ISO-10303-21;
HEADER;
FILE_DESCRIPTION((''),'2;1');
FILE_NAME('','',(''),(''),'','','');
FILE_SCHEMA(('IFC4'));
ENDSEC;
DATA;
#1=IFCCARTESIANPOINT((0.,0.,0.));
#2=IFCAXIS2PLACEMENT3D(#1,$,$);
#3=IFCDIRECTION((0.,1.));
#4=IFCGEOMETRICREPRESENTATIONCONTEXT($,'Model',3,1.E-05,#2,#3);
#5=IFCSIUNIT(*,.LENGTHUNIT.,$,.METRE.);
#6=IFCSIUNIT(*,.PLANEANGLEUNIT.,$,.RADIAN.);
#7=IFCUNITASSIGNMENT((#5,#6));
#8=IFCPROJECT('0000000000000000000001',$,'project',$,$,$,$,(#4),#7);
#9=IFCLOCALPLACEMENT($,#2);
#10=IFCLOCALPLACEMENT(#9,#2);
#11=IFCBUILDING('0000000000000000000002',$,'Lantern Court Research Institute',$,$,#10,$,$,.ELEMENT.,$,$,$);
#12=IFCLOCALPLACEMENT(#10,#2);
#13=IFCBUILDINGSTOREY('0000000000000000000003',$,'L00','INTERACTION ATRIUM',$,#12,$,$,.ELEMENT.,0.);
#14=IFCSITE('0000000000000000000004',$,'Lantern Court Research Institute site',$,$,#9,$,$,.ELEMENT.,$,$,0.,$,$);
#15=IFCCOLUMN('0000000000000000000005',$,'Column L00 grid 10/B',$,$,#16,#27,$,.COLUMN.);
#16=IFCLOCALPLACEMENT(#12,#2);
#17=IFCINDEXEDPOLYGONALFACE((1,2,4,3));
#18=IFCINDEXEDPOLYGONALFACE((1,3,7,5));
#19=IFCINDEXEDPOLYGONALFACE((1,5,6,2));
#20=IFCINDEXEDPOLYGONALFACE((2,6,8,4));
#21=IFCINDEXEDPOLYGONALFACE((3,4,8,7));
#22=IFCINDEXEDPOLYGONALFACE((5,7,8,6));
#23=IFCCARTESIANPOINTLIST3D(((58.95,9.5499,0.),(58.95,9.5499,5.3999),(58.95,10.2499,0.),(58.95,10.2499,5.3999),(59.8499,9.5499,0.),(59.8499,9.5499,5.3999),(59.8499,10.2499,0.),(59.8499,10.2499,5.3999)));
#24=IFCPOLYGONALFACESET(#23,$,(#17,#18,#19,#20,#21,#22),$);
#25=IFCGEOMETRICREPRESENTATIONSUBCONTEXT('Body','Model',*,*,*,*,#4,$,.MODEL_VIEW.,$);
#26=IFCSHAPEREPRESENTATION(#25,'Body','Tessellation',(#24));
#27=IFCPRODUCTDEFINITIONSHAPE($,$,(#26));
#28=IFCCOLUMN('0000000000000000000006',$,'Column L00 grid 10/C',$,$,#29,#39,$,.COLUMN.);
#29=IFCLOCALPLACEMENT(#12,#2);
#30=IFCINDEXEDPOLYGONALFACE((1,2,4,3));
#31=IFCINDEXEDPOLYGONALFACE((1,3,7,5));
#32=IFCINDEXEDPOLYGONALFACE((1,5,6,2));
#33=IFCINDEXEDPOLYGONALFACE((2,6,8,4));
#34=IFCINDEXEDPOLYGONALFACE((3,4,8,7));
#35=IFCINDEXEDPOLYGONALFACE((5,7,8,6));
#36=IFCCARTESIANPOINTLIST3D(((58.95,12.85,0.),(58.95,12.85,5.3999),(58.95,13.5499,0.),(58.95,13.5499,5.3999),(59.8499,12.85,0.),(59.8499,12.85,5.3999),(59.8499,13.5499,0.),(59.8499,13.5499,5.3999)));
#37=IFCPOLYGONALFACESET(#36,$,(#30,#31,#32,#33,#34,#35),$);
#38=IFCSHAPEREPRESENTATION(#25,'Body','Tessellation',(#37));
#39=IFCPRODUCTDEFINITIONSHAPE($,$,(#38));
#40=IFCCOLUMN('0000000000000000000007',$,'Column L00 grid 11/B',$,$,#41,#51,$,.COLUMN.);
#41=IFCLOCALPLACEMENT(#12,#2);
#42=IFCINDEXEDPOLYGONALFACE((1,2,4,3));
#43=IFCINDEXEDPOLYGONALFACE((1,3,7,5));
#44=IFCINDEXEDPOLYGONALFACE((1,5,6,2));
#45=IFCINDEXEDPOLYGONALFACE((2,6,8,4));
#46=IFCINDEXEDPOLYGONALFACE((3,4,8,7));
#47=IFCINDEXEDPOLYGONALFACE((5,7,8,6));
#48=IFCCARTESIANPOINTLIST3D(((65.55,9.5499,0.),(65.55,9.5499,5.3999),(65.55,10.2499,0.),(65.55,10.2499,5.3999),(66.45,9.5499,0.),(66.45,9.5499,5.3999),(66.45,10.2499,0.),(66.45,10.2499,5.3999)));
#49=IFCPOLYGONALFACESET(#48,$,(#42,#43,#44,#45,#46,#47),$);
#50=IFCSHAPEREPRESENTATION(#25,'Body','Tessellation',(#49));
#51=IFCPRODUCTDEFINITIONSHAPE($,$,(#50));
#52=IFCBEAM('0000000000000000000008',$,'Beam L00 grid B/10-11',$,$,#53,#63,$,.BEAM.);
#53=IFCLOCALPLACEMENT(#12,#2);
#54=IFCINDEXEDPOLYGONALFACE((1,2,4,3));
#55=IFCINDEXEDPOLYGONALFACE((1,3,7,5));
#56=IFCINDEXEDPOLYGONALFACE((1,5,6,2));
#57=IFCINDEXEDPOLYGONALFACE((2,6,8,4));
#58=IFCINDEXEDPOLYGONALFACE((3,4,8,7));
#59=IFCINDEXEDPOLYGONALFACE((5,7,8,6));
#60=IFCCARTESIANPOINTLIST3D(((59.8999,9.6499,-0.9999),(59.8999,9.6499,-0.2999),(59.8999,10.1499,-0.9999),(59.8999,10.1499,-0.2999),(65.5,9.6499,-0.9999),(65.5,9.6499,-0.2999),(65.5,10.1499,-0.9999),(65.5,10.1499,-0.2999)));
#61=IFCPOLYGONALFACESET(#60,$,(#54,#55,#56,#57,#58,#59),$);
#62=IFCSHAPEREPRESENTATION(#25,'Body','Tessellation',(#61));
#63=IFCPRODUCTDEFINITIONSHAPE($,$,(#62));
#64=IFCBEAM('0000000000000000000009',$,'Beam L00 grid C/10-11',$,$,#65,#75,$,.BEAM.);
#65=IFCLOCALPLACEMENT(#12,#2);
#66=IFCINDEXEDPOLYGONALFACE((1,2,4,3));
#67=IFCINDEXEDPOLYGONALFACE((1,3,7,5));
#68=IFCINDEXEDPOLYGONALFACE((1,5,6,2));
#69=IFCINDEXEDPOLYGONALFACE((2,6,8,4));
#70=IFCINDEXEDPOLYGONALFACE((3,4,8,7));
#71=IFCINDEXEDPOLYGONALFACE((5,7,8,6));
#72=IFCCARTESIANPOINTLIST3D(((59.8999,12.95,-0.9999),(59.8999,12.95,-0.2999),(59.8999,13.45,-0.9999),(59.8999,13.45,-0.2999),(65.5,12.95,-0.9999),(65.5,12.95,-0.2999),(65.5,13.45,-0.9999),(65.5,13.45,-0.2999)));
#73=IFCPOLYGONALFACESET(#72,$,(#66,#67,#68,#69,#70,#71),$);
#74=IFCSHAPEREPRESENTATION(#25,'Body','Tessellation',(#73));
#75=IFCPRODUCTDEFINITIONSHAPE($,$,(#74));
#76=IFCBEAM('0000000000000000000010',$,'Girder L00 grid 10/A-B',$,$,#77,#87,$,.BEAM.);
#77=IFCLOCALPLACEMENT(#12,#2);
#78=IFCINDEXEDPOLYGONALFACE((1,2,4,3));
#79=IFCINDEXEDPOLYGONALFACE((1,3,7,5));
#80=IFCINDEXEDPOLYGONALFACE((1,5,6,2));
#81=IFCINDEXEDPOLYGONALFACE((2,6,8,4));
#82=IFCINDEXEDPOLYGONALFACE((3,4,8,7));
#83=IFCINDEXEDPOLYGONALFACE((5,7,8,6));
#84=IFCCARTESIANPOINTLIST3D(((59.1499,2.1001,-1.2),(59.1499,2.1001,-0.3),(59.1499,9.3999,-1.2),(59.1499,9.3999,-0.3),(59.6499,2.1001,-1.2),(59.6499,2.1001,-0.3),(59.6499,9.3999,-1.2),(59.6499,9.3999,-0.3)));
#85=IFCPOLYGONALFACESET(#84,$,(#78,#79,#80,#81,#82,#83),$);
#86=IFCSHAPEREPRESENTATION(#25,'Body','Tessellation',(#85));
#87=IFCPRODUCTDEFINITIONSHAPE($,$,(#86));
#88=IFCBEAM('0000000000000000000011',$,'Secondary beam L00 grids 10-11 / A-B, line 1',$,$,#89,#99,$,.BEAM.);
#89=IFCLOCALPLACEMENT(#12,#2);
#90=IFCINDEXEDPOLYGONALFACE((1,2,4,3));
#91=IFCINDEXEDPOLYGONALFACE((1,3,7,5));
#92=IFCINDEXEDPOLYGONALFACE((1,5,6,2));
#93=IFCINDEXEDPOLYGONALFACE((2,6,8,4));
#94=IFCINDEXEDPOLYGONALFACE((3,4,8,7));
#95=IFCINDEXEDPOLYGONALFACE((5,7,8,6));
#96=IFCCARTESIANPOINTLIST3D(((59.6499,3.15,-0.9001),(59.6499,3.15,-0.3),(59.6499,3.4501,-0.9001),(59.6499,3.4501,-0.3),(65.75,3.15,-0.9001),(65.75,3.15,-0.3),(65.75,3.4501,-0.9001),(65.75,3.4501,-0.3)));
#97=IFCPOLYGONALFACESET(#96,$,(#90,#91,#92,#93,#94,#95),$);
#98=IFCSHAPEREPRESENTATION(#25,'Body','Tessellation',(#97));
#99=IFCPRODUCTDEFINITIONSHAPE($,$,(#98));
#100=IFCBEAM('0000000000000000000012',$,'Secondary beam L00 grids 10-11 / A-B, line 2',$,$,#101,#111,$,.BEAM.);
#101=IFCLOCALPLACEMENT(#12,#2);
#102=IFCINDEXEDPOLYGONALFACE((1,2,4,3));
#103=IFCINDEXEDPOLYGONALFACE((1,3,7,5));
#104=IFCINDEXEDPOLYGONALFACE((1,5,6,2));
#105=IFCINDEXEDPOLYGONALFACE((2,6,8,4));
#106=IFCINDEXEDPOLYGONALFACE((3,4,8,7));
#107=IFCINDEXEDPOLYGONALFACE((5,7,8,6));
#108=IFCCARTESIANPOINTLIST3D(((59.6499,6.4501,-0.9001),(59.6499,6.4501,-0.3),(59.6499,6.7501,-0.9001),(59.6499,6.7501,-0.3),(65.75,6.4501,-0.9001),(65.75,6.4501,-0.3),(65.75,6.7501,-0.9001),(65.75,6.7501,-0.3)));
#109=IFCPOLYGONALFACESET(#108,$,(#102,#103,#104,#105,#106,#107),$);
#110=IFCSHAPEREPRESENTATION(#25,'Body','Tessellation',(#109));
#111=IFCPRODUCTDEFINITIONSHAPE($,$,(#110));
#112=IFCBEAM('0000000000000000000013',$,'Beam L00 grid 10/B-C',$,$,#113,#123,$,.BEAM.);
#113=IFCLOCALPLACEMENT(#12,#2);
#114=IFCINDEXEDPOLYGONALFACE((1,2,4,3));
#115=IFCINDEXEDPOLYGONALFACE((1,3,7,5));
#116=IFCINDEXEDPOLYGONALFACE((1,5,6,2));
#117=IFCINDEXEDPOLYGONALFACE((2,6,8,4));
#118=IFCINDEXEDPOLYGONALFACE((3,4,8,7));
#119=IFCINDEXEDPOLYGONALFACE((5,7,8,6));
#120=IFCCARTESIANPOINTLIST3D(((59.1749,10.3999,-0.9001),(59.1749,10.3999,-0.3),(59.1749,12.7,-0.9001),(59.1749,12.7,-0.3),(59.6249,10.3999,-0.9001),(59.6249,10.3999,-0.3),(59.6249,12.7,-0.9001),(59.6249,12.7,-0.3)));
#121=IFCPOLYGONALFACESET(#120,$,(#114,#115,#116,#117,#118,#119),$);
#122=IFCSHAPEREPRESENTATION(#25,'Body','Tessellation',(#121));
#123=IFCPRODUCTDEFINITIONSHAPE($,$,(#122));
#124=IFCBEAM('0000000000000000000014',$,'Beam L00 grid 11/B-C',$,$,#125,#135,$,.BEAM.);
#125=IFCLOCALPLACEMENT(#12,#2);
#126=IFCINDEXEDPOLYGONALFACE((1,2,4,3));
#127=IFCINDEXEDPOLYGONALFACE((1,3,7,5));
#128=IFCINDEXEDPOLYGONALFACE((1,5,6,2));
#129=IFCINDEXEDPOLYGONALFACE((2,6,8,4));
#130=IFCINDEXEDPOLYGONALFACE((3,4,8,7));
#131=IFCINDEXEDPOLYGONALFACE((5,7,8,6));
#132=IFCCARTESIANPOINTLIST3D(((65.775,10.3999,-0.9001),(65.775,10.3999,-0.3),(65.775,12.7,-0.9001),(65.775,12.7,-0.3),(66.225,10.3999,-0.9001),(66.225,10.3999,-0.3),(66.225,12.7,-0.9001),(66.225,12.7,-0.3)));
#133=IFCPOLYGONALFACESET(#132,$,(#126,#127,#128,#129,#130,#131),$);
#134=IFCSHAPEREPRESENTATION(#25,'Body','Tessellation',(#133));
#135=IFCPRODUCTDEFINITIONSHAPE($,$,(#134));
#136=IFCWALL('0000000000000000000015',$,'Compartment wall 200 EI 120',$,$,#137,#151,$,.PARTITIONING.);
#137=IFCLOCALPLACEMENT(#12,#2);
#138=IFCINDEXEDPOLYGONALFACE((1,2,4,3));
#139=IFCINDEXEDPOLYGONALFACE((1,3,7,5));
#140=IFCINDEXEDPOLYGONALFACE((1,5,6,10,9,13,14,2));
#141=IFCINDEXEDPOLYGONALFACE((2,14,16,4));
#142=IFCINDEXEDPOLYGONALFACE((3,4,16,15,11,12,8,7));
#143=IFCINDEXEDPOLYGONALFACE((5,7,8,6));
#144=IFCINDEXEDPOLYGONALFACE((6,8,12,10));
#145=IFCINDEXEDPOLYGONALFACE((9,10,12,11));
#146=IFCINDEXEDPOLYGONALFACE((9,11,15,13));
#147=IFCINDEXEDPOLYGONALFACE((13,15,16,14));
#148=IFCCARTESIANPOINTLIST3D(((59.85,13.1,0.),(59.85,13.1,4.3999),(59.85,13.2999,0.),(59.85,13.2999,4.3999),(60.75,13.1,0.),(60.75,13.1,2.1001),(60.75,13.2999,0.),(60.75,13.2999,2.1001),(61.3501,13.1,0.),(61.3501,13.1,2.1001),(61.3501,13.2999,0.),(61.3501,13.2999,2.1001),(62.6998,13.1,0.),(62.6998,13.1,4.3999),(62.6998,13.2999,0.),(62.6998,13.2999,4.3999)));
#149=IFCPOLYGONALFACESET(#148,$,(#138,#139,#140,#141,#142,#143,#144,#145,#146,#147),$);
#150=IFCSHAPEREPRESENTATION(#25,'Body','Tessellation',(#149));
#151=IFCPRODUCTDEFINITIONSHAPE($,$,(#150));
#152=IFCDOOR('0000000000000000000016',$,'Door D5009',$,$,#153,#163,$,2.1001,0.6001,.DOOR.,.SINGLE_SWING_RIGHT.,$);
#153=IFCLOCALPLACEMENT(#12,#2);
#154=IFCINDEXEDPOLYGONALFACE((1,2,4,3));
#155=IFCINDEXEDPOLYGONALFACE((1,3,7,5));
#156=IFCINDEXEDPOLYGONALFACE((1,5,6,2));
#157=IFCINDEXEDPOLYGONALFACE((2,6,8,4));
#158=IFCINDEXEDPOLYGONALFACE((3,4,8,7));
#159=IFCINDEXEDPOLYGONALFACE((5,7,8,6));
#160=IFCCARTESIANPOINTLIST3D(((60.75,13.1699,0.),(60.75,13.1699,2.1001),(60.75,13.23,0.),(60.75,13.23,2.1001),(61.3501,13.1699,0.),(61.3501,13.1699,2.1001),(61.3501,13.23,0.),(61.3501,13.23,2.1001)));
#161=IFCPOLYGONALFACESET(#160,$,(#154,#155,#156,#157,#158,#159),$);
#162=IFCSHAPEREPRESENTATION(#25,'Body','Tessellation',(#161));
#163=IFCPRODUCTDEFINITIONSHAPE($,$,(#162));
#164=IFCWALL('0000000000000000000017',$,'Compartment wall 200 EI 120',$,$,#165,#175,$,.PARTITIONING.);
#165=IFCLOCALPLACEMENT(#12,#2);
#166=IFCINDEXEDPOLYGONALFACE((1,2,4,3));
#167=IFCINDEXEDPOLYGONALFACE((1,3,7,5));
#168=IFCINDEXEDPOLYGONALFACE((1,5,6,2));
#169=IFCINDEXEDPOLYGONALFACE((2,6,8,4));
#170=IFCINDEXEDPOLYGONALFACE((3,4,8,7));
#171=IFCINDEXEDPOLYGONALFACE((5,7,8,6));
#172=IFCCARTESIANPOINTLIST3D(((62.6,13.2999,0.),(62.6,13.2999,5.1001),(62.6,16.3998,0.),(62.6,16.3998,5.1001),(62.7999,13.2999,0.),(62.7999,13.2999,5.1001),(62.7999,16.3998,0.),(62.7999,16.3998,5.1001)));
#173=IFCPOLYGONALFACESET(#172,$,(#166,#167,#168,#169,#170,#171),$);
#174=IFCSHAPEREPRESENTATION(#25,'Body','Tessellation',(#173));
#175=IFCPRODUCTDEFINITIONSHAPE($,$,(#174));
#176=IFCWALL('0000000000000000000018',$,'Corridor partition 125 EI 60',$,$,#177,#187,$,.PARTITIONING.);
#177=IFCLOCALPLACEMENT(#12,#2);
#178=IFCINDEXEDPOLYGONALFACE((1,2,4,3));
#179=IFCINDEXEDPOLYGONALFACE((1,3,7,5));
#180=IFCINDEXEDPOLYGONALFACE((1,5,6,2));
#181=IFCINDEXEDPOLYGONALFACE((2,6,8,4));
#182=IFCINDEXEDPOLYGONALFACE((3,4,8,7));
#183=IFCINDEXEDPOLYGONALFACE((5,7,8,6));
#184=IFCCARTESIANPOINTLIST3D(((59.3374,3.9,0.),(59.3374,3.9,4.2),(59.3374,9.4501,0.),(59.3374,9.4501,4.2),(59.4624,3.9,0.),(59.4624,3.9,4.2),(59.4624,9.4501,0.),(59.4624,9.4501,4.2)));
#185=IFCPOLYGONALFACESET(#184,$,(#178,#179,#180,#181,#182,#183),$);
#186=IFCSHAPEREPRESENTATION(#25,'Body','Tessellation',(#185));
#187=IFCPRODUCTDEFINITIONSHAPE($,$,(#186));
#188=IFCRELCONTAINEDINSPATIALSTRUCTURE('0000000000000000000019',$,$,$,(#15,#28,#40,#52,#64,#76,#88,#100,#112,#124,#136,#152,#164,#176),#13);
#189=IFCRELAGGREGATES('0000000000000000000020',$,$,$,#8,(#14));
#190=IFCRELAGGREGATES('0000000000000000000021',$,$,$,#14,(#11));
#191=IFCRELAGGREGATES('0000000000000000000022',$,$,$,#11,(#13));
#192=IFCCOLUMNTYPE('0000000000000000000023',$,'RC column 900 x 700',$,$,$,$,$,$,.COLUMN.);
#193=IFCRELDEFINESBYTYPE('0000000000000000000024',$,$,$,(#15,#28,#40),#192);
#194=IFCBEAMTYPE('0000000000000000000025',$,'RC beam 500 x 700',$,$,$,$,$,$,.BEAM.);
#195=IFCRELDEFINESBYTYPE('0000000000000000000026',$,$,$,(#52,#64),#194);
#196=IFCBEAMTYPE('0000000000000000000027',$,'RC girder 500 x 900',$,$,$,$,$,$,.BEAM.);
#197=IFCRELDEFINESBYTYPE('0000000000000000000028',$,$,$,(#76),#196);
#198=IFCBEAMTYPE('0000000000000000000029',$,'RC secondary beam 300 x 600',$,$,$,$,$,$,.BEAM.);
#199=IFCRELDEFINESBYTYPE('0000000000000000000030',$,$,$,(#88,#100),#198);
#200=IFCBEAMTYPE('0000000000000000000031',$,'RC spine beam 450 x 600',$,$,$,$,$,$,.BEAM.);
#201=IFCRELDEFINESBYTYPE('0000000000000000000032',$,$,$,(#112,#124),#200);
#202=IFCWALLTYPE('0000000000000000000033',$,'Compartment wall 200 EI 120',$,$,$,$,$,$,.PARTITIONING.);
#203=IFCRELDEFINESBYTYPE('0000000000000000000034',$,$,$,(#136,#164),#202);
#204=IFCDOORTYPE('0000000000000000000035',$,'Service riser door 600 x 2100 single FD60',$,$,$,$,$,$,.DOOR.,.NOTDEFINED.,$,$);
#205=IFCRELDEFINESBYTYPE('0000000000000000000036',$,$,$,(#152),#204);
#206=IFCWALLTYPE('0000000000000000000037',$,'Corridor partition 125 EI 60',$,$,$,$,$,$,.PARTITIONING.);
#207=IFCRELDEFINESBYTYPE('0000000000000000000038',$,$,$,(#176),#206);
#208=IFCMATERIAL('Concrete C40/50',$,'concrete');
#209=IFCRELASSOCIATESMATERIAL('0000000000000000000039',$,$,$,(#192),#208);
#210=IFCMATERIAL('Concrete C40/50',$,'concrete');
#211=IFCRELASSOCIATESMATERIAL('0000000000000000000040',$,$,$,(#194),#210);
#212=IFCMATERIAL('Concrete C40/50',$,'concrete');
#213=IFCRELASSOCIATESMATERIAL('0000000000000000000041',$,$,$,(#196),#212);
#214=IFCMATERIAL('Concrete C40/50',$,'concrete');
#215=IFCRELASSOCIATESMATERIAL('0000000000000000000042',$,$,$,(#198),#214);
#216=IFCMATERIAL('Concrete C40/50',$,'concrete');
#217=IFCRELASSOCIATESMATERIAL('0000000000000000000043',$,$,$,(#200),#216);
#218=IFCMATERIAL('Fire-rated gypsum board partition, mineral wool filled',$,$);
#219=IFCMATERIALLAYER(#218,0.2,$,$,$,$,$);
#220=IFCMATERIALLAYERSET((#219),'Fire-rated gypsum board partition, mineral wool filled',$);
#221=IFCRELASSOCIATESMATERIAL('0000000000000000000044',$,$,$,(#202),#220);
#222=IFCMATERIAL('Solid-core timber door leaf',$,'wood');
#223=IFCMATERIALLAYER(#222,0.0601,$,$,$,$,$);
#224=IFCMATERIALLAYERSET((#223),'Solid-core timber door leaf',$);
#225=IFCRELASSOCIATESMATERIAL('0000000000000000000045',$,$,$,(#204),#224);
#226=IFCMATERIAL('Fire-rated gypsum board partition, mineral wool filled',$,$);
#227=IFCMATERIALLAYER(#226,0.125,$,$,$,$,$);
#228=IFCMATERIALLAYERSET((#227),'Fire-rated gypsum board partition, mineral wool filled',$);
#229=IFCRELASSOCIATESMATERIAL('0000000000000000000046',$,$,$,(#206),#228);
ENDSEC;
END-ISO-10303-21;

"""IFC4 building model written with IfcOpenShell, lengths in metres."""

from ifc_helpers import new_model, si_unit, direction, frame, frame_2d, origin, origin_2d, place, context, subcontext, project, spatial, rectangle, extrude, material, layer, layer_set, material_profile, profile_set, type_object, element, fill, save


model = new_model("IFC4")

# Units and contexts
model_context = context("Model", 3, precision=1e-05, world=origin(), true_north=direction((0.0, 1.0)))
body_context = subcontext(model_context, "Body", "Model", "MODEL_VIEW")
ifc_project = project(units=[si_unit("LENGTHUNIT", "METRE"), si_unit("PLANEANGLEUNIT", "RADIAN")], contexts=[model_context])

# Site, building, storey
site_placement = place(None, origin())
site = spatial("IfcSite", under=ifc_project, at=site_placement, Name="Lantern Court Research Institute site", CompositionType="ELEMENT", RefElevation=0.0)
building_placement = place(site_placement, origin())
building = spatial("IfcBuilding", under=site, at=building_placement, Name="Lantern Court Research Institute", CompositionType="ELEMENT")
storey_placement = place(building_placement, origin())
storey = spatial("IfcBuildingStorey", under=building, at=storey_placement, Name="L00", Description="INTERACTION ATRIUM", CompositionType="ELEMENT", Elevation=0.0)

# Columns
ifc_material_1 = material(Name="Concrete C40/50", Category="concrete")
ifc_material_profile_1 = material_profile(ifc_material_1, rectangle(XDim=0.8999, YDim=0.7, at=origin_2d()), Name="RC column 900 x 700")
ifc_profile_set_1 = profile_set([ifc_material_profile_1], Name="Concrete C40/50")
column_type = type_object("IfcColumnType", Name="RC column 900 x 700", PredefinedType="COLUMN", material=ifc_profile_set_1)
for number, where, z_axis, x_axis, name in (
    (1, (59.3999, 9.8999, 0.0), (0.0, 0.0, 1.0), (1.0, 0.0, 0.0), "Column L00 grid 10/B"),
    (2, (59.3999, 13.2, 0.0), (0.0, 0.0, 1.0), (1.0, 0.0, 0.0), "Column L00 grid 10/C"),
    (3, (66.0, 9.8999, 0.0), (0.0, 0.0, 1.0), (1.0, 0.0, 0.0), "Column L00 grid 11/B"),
):
    element("IfcColumn", number, at=place(storey_placement, frame(where, z_axis=z_axis, x_axis=x_axis)), inside=storey, type_object=column_type, Name=name, PredefinedType="COLUMN", context=body_context, shape_type="SweptSolid", body=[
        extrude(rectangle(XDim=0.8999, YDim=0.7, at=origin_2d()), origin(), (0.0, 0.0, 1.0), 5.3999),
    ])

# Beams
ifc_material_2 = material(Name="Concrete C40/50", Category="concrete")
ifc_material_profile_2 = material_profile(ifc_material_2, rectangle(XDim=0.5, YDim=0.7, at=origin_2d()), Name="RC beam 500 x 700")
ifc_profile_set_2 = profile_set([ifc_material_profile_2], Name="Concrete C40/50")
beam_type_1 = type_object("IfcBeamType", Name="RC beam 500 x 700", PredefinedType="BEAM", material=ifc_profile_set_2)
for number, where, z_axis, x_axis, name in (
    (4, (59.8999, 9.8999, -0.6499), (1.0, 0.0, 0.0), (0.0, 1.0, 0.0), "Beam L00 grid B/10-11"),
    (5, (59.8999, 13.2, -0.6499), (1.0, 0.0, 0.0), (0.0, 1.0, 0.0), "Beam L00 grid C/10-11"),
):
    element("IfcBeam", number, at=place(storey_placement, frame(where, z_axis=z_axis, x_axis=x_axis)), inside=storey, type_object=beam_type_1, Name=name, PredefinedType="BEAM", context=body_context, shape_type="SweptSolid", body=[
        extrude(rectangle(XDim=0.5, YDim=0.7, at=origin_2d()), origin(), (0.0, 0.0, 1.0), 5.6001),
    ])
ifc_material_3 = material(Name="Concrete C40/50", Category="concrete")
ifc_material_profile_3 = material_profile(ifc_material_3, rectangle(XDim=0.5, YDim=0.8999, at=origin_2d()), Name="RC beam 500 x 900")
ifc_profile_set_3 = profile_set([ifc_material_profile_3], Name="Concrete C40/50")
beam_type_2 = type_object("IfcBeamType", Name="RC girder 500 x 900", PredefinedType="BEAM", material=ifc_profile_set_3)
beam_placement = place(storey_placement, frame((59.3999, 2.1001, -0.75), z_axis=(0.0, 1.0, 0.0), x_axis=(-1.0, 0.0, 0.0)))
element("IfcBeam", 6, at=beam_placement, inside=storey, type_object=beam_type_2, Name="Girder L00 grid 10/A-B", PredefinedType="BEAM", context=body_context, shape_type="SweptSolid", body=[
    extrude(rectangle(XDim=0.5, YDim=0.8999, at=origin_2d()), origin(), (0.0, 0.0, 1.0), 7.2998),
])
ifc_material_4 = material(Name="Concrete C40/50", Category="concrete")
ifc_material_profile_4 = material_profile(ifc_material_4, rectangle(XDim=0.3, YDim=0.6001, at=origin_2d()), Name="RC beam 300 x 600")
ifc_profile_set_4 = profile_set([ifc_material_profile_4], Name="Concrete C40/50")
beam_type_3 = type_object("IfcBeamType", Name="RC secondary beam 300 x 600", PredefinedType="BEAM", material=ifc_profile_set_4)
for number, where, z_axis, x_axis, name in (
    (7, (59.6499, 3.3, -0.6001), (1.0, 0.0, 0.0), (0.0, 1.0, 0.0), "Secondary beam L00 grids 10-11 / A-B, line 1"),
    (8, (59.6499, 6.6001, -0.6001), (1.0, 0.0, 0.0), (0.0, 1.0, 0.0), "Secondary beam L00 grids 10-11 / A-B, line 2"),
):
    element("IfcBeam", number, at=place(storey_placement, frame(where, z_axis=z_axis, x_axis=x_axis)), inside=storey, type_object=beam_type_3, Name=name, PredefinedType="BEAM", context=body_context, shape_type="SweptSolid", body=[
        extrude(rectangle(XDim=0.3, YDim=0.6001, at=origin_2d()), origin(), (0.0, 0.0, 1.0), 6.1001),
    ])
ifc_material_5 = material(Name="Concrete C40/50", Category="concrete")
ifc_material_profile_5 = material_profile(ifc_material_5, rectangle(XDim=0.45, YDim=0.6001, at=origin_2d()), Name="RC beam 450 x 600")
ifc_profile_set_5 = profile_set([ifc_material_profile_5], Name="Concrete C40/50")
beam_type_4 = type_object("IfcBeamType", Name="RC spine beam 450 x 600", PredefinedType="BEAM", material=ifc_profile_set_5)
for number, where, z_axis, x_axis, name in (
    (9, (59.3999, 10.3999, -0.6001), (0.0, 1.0, 0.0), (-1.0, 0.0, 0.0), "Beam L00 grid 10/B-C"),
    (10, (66.0, 10.3999, -0.6001), (0.0, 1.0, 0.0), (-1.0, 0.0, 0.0), "Beam L00 grid 11/B-C"),
):
    element("IfcBeam", number, at=place(storey_placement, frame(where, z_axis=z_axis, x_axis=x_axis)), inside=storey, type_object=beam_type_4, Name=name, PredefinedType="BEAM", context=body_context, shape_type="SweptSolid", body=[
        extrude(rectangle(XDim=0.45, YDim=0.6001, at=origin_2d()), origin(), (0.0, 0.0, 1.0), 2.3),
    ])

# Wall, opening, door
ifc_material_6 = material(Name="Fire-rated gypsum board partition, mineral wool filled")
ifc_layer_1 = layer(ifc_material_6, 0.2)
ifc_layer_set_1 = layer_set([ifc_layer_1], Name="Fire-rated gypsum board partition, mineral wool filled")
wall_type_1 = type_object("IfcWallType", Name="Compartment wall 200 EI 120", PredefinedType="PARTITIONING", material=ifc_layer_set_1)
wall_1_placement = place(storey_placement, frame((59.8501, 13.2, 0.0), z_axis=(0.0, 0.0, 1.0), x_axis=(1.0, 0.0, 0.0)))
wall_1 = element("IfcWall", 11, at=wall_1_placement, inside=storey, type_object=wall_type_1, Name="Compartment wall 200 EI 120", PredefinedType="PARTITIONING", context=body_context, shape_type="SweptSolid", body=[
    extrude(rectangle(XDim=2.8499, YDim=0.2, at=frame_2d((1.4248, 0.0))), origin(), (0.0, 0.0, 1.0), 4.3999),
])
opening_1_placement = place(wall_1_placement, frame((0.8999, 0.0, 0.0)))
opening_1 = element("IfcOpeningElement", 12, at=opening_1_placement, cuts=wall_1, PredefinedType="OPENING", context=body_context, shape_type="SweptSolid", body=[
    extrude(rectangle(XDim=0.6001, YDim=2.1001, at=frame_2d((0.3, 1.05))), frame((0.0, 0.1099, 0.0), z_axis=(0.0, -1.0, 0.0), x_axis=(1.0, 0.0, 0.0)), (0.0, 0.0, 1.0), 0.22),
])
ifc_material_7 = material(Name="Solid-core timber door leaf", Category="wood")
ifc_layer_2 = layer(ifc_material_7, 0.0601)
ifc_layer_set_2 = layer_set([ifc_layer_2], Name="Solid-core timber door leaf")
door_type_1 = type_object("IfcDoorType", Name="Service riser door 600 x 2100 single FD60", OperationType="NOTDEFINED", PredefinedType="DOOR", material=ifc_layer_set_2)
door_1_placement = place(opening_1_placement, origin())
door_1 = element("IfcDoor", 13, at=door_1_placement, inside=storey, type_object=door_type_1, Name="Door D5009", OperationType="SINGLE_SWING_RIGHT", OverallHeight=2.1001, OverallWidth=0.6001, PredefinedType="DOOR", context=body_context, shape_type="SweptSolid", body=[
    extrude(rectangle(XDim=0.6001, YDim=2.1001, at=frame_2d((0.3, 1.05))), frame((0.0, 0.03, 0.0), z_axis=(0.0, -1.0, 0.0), x_axis=(1.0, 0.0, 0.0)), (0.0, 0.0, 1.0), 0.0601),
])
fill(opening_1, door_1)

# Walls
wall_2_placement = place(storey_placement, frame((62.7, 13.3, 0.0), z_axis=(0.0, 0.0, 1.0), x_axis=(0.0, 1.0, 0.0)))
element("IfcWall", 14, at=wall_2_placement, inside=storey, type_object=wall_type_1, Name="Compartment wall 200 EI 120", PredefinedType="PARTITIONING", context=body_context, shape_type="SweptSolid", body=[
    extrude(rectangle(XDim=3.0999, YDim=0.2, at=frame_2d((1.5498, 0.0))), origin(), (0.0, 0.0, 1.0), 5.1001),
])
ifc_material_8 = material(Name="Fire-rated gypsum board partition, mineral wool filled")
ifc_layer_3 = layer(ifc_material_8, 0.125)
ifc_layer_set_3 = layer_set([ifc_layer_3], Name="Fire-rated gypsum board partition, mineral wool filled")
wall_type_2 = type_object("IfcWallType", Name="Corridor partition 125 EI 60", PredefinedType="PARTITIONING", material=ifc_layer_set_3)
wall_3_placement = place(storey_placement, frame((59.3999, 9.45, 0.0), z_axis=(0.0, 0.0, 1.0), x_axis=(0.0, -1.0, 0.0)))
element("IfcWall", 15, at=wall_3_placement, inside=storey, type_object=wall_type_2, Name="Corridor partition 125 EI 60", PredefinedType="PARTITIONING", context=body_context, shape_type="SweptSolid", body=[
    extrude(rectangle(XDim=5.55, YDim=0.125, at=frame_2d((2.7749, 0.0))), origin(), (0.0, 0.0, 1.0), 4.2),
])

save(model, "model.ifc")
